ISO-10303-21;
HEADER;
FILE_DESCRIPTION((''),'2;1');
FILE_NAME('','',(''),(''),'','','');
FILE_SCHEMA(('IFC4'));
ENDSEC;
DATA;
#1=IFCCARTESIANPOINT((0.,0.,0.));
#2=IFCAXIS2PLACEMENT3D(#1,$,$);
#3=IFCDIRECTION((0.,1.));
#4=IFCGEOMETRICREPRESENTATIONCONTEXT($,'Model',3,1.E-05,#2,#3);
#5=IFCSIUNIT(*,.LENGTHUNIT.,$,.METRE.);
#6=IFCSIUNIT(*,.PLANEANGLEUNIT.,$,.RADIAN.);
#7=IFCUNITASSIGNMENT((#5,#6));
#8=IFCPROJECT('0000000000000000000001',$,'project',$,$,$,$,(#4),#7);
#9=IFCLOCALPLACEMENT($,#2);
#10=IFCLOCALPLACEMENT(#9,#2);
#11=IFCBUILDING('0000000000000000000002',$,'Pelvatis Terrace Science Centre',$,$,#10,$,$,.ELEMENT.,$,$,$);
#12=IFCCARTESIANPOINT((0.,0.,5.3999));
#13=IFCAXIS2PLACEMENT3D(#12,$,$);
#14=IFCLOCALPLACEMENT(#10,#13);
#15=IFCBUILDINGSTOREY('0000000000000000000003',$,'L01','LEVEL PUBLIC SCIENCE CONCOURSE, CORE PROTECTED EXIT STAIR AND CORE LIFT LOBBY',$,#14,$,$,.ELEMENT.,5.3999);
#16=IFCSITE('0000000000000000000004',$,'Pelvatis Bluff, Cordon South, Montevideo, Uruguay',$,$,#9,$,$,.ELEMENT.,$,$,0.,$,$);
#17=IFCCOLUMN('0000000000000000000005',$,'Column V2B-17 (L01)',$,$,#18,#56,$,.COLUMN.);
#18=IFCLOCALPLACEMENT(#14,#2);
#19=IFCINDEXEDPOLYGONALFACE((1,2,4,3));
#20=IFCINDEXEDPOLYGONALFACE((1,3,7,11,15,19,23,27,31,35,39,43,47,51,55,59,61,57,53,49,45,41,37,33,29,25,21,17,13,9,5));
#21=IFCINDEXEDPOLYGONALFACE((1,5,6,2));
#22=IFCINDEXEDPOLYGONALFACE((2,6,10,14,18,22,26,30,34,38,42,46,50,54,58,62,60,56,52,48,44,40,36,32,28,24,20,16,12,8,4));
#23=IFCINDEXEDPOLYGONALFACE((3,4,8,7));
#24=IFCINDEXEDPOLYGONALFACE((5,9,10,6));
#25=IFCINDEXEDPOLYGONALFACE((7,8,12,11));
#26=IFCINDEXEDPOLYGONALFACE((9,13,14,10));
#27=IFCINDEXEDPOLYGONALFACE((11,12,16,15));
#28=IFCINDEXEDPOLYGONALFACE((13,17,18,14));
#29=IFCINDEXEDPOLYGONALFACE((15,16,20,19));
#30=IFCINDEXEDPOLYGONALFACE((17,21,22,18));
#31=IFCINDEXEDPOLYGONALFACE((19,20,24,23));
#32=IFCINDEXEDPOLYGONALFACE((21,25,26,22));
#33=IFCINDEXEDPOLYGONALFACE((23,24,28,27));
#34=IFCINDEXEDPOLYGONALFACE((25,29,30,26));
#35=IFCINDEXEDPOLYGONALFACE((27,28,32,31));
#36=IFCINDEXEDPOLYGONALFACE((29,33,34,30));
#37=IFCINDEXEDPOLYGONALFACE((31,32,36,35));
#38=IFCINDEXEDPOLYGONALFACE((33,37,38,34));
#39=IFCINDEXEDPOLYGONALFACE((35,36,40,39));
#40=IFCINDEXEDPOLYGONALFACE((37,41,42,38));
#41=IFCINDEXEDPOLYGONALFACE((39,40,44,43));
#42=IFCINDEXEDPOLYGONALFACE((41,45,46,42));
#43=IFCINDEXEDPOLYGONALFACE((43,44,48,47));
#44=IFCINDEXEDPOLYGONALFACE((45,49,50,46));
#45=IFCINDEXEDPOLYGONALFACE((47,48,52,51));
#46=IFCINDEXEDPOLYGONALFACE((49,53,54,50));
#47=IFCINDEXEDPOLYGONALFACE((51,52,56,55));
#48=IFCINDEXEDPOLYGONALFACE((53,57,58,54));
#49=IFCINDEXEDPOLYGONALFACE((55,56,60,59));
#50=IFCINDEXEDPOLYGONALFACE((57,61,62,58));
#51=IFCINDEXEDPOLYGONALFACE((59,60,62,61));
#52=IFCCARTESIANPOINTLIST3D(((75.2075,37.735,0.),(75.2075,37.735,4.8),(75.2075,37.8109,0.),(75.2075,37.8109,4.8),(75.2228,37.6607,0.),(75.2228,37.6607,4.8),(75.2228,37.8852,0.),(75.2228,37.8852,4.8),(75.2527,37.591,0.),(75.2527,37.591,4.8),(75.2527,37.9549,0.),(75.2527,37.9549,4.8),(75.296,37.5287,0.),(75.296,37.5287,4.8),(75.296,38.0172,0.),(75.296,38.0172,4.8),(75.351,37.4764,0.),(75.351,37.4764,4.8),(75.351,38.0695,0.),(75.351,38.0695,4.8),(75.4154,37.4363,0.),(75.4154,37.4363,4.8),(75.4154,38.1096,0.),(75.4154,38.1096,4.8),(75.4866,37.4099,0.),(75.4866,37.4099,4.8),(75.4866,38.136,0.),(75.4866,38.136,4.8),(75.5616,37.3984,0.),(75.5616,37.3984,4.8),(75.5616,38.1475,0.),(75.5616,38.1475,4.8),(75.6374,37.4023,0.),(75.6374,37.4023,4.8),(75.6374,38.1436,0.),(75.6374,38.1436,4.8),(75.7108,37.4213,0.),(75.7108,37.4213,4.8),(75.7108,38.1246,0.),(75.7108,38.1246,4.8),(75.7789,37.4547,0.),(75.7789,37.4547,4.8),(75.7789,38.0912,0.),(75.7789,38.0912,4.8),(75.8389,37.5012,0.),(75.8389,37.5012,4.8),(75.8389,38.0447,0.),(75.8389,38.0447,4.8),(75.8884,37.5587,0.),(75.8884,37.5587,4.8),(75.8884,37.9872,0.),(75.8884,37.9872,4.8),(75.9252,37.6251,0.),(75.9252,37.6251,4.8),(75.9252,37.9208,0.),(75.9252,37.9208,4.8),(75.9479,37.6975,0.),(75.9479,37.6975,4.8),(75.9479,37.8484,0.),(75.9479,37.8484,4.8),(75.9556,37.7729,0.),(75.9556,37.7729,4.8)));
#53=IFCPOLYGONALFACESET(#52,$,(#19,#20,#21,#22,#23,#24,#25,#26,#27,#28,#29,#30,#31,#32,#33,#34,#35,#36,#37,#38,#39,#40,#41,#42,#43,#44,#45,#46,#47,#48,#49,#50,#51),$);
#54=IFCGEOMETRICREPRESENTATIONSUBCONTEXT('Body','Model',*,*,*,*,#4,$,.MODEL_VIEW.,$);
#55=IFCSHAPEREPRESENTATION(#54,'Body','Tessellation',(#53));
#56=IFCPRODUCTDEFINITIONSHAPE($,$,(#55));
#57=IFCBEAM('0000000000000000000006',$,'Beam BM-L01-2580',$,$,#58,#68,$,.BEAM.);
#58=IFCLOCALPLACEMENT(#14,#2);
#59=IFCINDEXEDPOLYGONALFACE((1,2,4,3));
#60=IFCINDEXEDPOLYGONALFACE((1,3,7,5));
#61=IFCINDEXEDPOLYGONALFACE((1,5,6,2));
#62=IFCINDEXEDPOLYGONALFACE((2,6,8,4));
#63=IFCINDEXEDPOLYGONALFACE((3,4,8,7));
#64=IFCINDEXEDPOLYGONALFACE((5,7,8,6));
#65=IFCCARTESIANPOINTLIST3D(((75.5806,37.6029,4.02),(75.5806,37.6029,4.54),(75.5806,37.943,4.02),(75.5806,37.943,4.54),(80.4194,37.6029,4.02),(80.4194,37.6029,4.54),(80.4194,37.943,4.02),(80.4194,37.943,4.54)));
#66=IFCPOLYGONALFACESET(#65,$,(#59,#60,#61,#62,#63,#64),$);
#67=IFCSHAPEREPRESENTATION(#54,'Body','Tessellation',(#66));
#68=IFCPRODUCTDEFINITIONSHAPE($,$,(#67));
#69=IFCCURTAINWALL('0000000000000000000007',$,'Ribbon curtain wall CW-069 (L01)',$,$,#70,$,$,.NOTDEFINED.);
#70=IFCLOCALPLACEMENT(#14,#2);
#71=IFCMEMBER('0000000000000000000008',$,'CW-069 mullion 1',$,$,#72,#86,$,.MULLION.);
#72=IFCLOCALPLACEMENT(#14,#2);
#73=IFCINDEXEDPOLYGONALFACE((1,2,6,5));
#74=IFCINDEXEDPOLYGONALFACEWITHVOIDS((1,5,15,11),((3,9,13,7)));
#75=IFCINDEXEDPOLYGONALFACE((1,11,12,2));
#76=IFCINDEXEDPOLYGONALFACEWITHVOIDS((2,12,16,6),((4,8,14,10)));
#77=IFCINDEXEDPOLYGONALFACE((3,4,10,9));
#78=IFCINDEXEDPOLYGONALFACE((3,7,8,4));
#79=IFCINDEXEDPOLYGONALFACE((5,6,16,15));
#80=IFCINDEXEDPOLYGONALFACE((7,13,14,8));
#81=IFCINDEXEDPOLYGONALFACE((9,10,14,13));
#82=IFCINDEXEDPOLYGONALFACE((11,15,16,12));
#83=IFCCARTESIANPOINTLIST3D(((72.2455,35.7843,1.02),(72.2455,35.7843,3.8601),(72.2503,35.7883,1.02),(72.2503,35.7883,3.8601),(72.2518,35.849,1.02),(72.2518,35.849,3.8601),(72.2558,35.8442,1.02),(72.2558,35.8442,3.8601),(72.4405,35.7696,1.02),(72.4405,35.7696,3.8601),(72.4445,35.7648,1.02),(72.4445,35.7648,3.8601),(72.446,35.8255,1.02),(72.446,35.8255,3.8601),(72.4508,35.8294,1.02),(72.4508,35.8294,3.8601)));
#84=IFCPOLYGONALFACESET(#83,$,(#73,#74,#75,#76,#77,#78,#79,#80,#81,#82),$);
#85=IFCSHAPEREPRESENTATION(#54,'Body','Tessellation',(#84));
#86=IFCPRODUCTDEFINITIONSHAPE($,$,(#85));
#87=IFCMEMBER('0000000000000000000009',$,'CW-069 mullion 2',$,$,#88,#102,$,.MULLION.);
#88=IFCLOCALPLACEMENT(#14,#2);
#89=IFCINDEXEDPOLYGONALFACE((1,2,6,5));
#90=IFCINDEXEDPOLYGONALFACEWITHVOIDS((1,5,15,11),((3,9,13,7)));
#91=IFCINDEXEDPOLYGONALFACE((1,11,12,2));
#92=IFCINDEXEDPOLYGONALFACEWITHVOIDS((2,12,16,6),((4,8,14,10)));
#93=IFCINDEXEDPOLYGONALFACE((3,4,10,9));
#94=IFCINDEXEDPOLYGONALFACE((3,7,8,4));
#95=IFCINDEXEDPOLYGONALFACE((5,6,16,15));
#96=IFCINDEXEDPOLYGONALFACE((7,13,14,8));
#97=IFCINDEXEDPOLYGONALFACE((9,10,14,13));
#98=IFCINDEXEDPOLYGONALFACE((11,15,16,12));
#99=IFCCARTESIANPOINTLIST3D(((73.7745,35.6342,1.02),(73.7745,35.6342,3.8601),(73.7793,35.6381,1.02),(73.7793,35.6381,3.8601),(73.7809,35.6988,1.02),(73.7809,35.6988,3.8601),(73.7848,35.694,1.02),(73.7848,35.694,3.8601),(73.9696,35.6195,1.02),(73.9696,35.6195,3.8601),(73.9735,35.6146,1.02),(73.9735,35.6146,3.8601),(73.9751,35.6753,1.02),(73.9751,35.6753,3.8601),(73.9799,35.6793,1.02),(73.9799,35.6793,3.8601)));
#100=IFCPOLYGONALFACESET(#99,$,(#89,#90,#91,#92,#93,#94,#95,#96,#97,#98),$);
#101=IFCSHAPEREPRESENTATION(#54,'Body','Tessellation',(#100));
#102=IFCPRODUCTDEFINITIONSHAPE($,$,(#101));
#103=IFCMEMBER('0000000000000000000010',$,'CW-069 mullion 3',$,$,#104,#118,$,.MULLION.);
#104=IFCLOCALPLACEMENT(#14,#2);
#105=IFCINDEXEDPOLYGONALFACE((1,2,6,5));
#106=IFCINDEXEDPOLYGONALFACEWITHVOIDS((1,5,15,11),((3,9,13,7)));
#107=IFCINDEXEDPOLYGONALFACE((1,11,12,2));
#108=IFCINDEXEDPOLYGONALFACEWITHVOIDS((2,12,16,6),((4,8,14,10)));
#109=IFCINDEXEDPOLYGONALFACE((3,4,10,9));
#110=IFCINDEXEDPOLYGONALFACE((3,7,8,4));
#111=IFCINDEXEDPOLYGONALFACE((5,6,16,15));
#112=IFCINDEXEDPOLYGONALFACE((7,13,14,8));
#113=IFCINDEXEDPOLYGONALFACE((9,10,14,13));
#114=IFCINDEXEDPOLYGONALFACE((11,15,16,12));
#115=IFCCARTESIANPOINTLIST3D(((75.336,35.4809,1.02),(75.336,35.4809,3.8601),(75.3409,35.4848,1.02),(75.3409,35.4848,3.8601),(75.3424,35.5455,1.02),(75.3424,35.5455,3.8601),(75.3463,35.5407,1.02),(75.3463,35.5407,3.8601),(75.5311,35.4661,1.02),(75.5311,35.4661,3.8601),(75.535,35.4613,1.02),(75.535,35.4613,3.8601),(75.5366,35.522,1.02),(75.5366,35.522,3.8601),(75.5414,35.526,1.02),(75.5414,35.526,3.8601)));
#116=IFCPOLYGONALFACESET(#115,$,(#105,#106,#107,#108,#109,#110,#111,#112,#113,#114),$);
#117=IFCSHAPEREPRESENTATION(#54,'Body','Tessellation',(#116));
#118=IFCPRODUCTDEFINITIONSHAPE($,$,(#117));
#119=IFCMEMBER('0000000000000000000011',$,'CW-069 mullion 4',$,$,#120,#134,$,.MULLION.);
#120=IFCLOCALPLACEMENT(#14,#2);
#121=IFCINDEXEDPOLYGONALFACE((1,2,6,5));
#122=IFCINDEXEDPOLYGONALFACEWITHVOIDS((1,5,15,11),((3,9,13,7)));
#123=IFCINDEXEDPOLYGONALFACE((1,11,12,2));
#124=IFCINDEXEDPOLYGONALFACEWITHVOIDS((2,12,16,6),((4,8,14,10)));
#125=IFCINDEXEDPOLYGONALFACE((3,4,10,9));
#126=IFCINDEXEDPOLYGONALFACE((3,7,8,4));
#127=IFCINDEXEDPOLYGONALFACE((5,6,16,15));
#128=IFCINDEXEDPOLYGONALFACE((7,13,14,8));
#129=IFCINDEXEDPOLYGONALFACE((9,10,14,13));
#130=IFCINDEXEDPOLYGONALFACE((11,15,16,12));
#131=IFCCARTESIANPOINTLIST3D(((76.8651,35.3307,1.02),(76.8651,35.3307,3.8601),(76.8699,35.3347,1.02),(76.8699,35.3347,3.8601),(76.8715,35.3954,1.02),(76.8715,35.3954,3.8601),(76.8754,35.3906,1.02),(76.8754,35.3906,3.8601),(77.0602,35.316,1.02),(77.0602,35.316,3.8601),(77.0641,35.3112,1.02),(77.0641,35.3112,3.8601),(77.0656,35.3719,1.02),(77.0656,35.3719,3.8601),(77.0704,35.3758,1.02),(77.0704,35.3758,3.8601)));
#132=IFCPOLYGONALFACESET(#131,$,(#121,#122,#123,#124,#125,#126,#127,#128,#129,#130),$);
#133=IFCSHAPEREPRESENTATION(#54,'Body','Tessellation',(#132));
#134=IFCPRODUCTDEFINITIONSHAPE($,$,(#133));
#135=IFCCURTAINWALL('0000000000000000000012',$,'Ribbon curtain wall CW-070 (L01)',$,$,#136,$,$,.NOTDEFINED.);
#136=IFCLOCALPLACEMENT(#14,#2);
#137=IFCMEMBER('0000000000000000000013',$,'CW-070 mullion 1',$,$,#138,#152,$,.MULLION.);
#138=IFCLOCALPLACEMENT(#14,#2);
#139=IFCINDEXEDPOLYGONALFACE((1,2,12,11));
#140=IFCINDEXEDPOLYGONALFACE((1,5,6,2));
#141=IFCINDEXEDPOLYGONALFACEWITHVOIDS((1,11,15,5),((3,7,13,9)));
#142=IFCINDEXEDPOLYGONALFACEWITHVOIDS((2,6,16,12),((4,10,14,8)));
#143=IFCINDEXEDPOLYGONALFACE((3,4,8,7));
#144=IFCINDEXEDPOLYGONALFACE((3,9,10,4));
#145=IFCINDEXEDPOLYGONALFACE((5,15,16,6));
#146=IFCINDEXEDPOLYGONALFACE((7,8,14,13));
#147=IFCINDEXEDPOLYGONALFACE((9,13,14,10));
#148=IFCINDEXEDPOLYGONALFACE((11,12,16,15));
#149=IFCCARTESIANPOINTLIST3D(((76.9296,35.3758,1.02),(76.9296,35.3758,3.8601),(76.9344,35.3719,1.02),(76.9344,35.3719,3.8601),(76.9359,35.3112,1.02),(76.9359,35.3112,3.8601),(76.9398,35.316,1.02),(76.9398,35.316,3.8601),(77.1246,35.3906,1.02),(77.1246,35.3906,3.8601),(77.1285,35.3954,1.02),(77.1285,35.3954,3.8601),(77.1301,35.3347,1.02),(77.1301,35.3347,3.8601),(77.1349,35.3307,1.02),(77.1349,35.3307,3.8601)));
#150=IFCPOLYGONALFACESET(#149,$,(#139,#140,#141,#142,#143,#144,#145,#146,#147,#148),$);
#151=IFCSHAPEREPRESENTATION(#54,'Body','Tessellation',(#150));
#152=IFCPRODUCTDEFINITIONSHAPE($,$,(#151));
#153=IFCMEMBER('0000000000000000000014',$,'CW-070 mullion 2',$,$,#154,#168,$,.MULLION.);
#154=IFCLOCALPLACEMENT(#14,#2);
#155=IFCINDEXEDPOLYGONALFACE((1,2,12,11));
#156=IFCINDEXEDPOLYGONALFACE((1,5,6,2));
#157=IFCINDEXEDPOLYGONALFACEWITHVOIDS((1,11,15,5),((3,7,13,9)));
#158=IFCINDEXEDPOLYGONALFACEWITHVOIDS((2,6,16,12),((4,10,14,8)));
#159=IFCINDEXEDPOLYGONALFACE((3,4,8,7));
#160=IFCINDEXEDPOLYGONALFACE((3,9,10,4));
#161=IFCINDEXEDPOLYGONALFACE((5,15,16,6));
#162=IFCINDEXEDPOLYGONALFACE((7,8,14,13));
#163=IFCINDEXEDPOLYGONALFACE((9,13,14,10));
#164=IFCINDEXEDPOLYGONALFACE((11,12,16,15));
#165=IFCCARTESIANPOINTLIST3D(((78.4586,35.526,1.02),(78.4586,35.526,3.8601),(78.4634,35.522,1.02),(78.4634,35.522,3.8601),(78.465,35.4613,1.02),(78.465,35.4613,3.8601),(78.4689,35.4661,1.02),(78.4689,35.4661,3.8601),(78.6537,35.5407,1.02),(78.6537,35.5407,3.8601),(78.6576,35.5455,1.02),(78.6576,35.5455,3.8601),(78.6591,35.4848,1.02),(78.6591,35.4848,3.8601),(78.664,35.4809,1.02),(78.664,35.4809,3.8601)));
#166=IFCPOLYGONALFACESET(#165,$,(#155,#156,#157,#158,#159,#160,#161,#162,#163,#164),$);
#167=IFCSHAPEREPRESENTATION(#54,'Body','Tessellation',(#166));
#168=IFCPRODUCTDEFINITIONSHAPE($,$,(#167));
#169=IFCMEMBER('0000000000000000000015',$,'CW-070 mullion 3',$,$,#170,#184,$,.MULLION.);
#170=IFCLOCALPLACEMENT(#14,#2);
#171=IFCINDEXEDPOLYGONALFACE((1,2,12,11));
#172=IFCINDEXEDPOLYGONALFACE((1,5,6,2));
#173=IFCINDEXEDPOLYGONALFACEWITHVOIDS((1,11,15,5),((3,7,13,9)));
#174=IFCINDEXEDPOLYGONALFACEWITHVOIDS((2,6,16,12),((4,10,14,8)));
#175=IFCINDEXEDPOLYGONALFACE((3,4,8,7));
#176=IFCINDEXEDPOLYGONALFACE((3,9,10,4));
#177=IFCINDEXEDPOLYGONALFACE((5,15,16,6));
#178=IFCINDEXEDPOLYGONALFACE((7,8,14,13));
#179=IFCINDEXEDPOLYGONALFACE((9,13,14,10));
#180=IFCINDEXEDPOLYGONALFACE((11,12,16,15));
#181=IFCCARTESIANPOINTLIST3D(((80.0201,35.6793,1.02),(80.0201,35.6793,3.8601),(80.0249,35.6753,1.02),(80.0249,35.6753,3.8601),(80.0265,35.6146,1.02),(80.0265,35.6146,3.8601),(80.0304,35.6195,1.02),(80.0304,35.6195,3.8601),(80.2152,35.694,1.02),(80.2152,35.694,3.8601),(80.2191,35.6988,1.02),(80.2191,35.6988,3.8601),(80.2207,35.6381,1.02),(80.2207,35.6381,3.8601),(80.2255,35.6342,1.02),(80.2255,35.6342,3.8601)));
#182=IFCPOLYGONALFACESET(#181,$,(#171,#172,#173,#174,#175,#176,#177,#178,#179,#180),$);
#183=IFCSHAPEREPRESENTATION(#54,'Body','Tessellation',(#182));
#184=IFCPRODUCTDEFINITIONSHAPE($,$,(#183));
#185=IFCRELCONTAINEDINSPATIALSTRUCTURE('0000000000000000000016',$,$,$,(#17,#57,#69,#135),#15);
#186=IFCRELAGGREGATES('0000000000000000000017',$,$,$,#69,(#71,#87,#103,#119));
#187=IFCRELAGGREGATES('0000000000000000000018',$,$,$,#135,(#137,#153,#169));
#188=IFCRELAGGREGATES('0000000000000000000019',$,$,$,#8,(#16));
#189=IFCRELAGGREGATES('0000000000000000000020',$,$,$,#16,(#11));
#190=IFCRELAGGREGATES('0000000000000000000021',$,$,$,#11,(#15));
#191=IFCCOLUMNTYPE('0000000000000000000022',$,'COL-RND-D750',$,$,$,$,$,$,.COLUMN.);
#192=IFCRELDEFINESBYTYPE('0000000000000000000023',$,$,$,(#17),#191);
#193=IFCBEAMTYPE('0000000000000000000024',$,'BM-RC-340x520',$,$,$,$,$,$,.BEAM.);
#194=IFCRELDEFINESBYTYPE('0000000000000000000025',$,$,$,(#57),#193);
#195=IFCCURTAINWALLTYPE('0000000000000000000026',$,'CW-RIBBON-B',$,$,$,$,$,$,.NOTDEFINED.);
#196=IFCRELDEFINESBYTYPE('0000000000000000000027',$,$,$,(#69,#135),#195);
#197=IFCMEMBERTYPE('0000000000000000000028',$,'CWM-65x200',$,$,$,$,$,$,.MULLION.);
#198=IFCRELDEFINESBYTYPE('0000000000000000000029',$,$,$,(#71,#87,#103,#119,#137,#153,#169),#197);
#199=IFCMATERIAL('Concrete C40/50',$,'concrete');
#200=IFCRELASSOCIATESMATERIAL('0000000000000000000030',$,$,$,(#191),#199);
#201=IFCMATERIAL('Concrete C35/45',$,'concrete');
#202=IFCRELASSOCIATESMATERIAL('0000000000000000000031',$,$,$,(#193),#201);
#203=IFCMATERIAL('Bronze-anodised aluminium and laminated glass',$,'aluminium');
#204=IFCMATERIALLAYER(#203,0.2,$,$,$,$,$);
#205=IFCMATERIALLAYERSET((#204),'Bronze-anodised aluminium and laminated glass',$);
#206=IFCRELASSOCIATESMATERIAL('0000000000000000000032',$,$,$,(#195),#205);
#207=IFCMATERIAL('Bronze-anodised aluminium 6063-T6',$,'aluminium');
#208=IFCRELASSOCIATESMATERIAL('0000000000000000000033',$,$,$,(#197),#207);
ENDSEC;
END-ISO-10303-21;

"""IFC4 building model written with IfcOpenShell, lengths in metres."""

from ifc_helpers import new_model, si_unit, direction, frame, origin, origin_2d, place, context, subcontext, project, spatial, rectangle, hollow_rectangle, circle, extrude, material, layer, layer_set, material_profile, profile_set, type_object, element, aggregate, save


model = new_model("IFC4")

# Units and contexts
model_context = context("Model", 3, precision=1e-05, world=origin(), true_north=direction((0.0, 1.0)))
body_context = subcontext(model_context, "Body", "Model", "MODEL_VIEW")
ifc_project = project(units=[si_unit("LENGTHUNIT", "METRE"), si_unit("PLANEANGLEUNIT", "RADIAN")], contexts=[model_context])

# Site, building, storey
site_placement = place(None, origin())
site = spatial("IfcSite", under=ifc_project, at=site_placement, Name="Pelvatis Bluff, Cordon South, Montevideo, Uruguay", CompositionType="ELEMENT", RefElevation=0.0)
building_placement = place(site_placement, origin())
building = spatial("IfcBuilding", under=site, at=building_placement, Name="Pelvatis Terrace Science Centre", CompositionType="ELEMENT")
storey_placement = place(building_placement, frame((0.0, 0.0, 5.3999)))
storey = spatial("IfcBuildingStorey", under=building, at=storey_placement, Name="L01", Description="LEVEL PUBLIC SCIENCE CONCOURSE, CORE PROTECTED EXIT STAIR AND CORE LIFT LOBBY", CompositionType="ELEMENT", Elevation=5.3999)

# Column
ifc_material_1 = material(Name="Concrete C40/50", Category="concrete")
ifc_material_profile_1 = material_profile(ifc_material_1, circle(Radius=0.375, at=origin_2d()), Name="RC-RCOL D750")
ifc_profile_set_1 = profile_set([ifc_material_profile_1], Name="Concrete C40/50")
column_type = type_object("IfcColumnType", Name="COL-RND-D750", PredefinedType="COLUMN", material=ifc_profile_set_1)
column_placement = place(storey_placement, frame((75.5806, 37.7729, 0.0), z_axis=(0.0, 0.0, 1.0), x_axis=(1.0, 0.0, 0.0)))
element("IfcColumn", 1, at=column_placement, inside=storey, type_object=column_type, Name="Column V2B-17 (L01)", PredefinedType="COLUMN", context=body_context, shape_type="SweptSolid", body=[
    extrude(circle(Radius=0.375, at=origin_2d()), origin(), (0.0, 0.0, 1.0), 4.8),
])

# Beam
ifc_material_2 = material(Name="Concrete C35/45", Category="concrete")
ifc_material_profile_2 = material_profile(ifc_material_2, rectangle(XDim=0.3401, YDim=0.52, at=origin_2d()), Name="RC-BM 340x520")
ifc_profile_set_2 = profile_set([ifc_material_profile_2], Name="Concrete C35/45")
beam_type = type_object("IfcBeamType", Name="BM-RC-340x520", PredefinedType="BEAM", material=ifc_profile_set_2)
beam_placement = place(storey_placement, frame((75.5806, 37.7729, 4.28), z_axis=(1.0, 0.0, 0.0), x_axis=(0.0, 1.0, 0.0)))
element("IfcBeam", 2, at=beam_placement, inside=storey, type_object=beam_type, Name="Beam BM-L01-2580", PredefinedType="BEAM", context=body_context, shape_type="SweptSolid", body=[
    extrude(rectangle(XDim=0.3401, YDim=0.52, at=origin_2d()), origin(), (0.0, 0.0, 1.0), 4.8389),
])

# Curtain walls, members
ifc_material_3 = material(Name="Bronze-anodised aluminium and laminated glass", Category="aluminium")
ifc_layer_1 = layer(ifc_material_3, 0.2)
ifc_layer_set_1 = layer_set([ifc_layer_1], Name="Bronze-anodised aluminium and laminated glass")
curtain_wall_type = type_object("IfcCurtainWallType", Name="CW-RIBBON-B", PredefinedType="NOTDEFINED", material=ifc_layer_set_1)
curtain_wall_1_placement = place(storey_placement, origin())
curtain_wall_1 = element("IfcCurtainWall", 3, at=curtain_wall_1_placement, inside=storey, type_object=curtain_wall_type, Name="Ribbon curtain wall CW-069 (L01)", PredefinedType="NOTDEFINED")
ifc_material_4 = material(Name="Bronze-anodised aluminium 6063-T6", Category="aluminium")
ifc_material_profile_3 = material_profile(ifc_material_4, hollow_rectangle(XDim=0.0649, YDim=0.2, WallThickness=0.0044, at=origin_2d()), Name="ALU-MUL 65x200")
ifc_profile_set_3 = profile_set([ifc_material_profile_3], Name="Bronze-anodised aluminium 6063-T6")
member_type_1 = type_object("IfcMemberType", Name="CWM-65x200", PredefinedType="MULLION", material=ifc_profile_set_3)
member_1_placement = place(storey_placement, frame((72.3481, 35.8069, 1.02), z_axis=(0.0, 0.0, 1.0), x_axis=(0.097755, 0.99521, 0.0)))
member_1 = element("IfcMember", 4, at=member_1_placement, type_object=member_type_1, Name="CW-069 mullion 1", PredefinedType="MULLION", context=body_context, shape_type="SweptSolid", body=[
    extrude(hollow_rectangle(XDim=0.0649, YDim=0.2, WallThickness=0.0044, at=origin_2d()), origin(), (0.0, 0.0, 1.0), 2.8401),
])
member_2_placement = place(storey_placement, frame((73.8772, 35.6567, 1.02), z_axis=(0.0, 0.0, 1.0), x_axis=(0.097755, 0.99521, 0.0)))
member_2 = element("IfcMember", 5, at=member_2_placement, type_object=member_type_1, Name="CW-069 mullion 2", PredefinedType="MULLION", context=body_context, shape_type="SweptSolid", body=[
    extrude(hollow_rectangle(XDim=0.0649, YDim=0.2, WallThickness=0.0044, at=origin_2d()), origin(), (0.0, 0.0, 1.0), 2.8401),
])
member_3_placement = place(storey_placement, frame((75.4387, 35.5034, 1.02), z_axis=(0.0, 0.0, 1.0), x_axis=(0.097755, 0.99521, 0.0)))
member_3 = element("IfcMember", 6, at=member_3_placement, type_object=member_type_1, Name="CW-069 mullion 3", PredefinedType="MULLION", context=body_context, shape_type="SweptSolid", body=[
    extrude(hollow_rectangle(XDim=0.0649, YDim=0.2, WallThickness=0.0044, at=origin_2d()), origin(), (0.0, 0.0, 1.0), 2.8401),
])
member_4_placement = place(storey_placement, frame((76.9678, 35.3533, 1.02), z_axis=(0.0, 0.0, 1.0), x_axis=(0.097755, 0.99521, 0.0)))
member_4 = element("IfcMember", 7, at=member_4_placement, type_object=member_type_1, Name="CW-069 mullion 4", PredefinedType="MULLION", context=body_context, shape_type="SweptSolid", body=[
    extrude(hollow_rectangle(XDim=0.0649, YDim=0.2, WallThickness=0.0044, at=origin_2d()), origin(), (0.0, 0.0, 1.0), 2.8401),
])
curtain_wall_2_placement = place(storey_placement, origin())
curtain_wall_2 = element("IfcCurtainWall", 8, at=curtain_wall_2_placement, inside=storey, type_object=curtain_wall_type, Name="Ribbon curtain wall CW-070 (L01)", PredefinedType="NOTDEFINED")
member_5_placement = place(storey_placement, frame((77.0322, 35.3533, 1.02), z_axis=(0.0, 0.0, 1.0), x_axis=(-0.097755, 0.99521, 0.0)))
member_5 = element("IfcMember", 9, at=member_5_placement, type_object=member_type_1, Name="CW-070 mullion 1", PredefinedType="MULLION", context=body_context, shape_type="SweptSolid", body=[
    extrude(hollow_rectangle(XDim=0.0649, YDim=0.2, WallThickness=0.0044, at=origin_2d()), origin(), (0.0, 0.0, 1.0), 2.8401),
])
member_6_placement = place(storey_placement, frame((78.5613, 35.5034, 1.02), z_axis=(0.0, 0.0, 1.0), x_axis=(-0.097755, 0.99521, 0.0)))
member_6 = element("IfcMember", 10, at=member_6_placement, type_object=member_type_1, Name="CW-070 mullion 2", PredefinedType="MULLION", context=body_context, shape_type="SweptSolid", body=[
    extrude(hollow_rectangle(XDim=0.0649, YDim=0.2, WallThickness=0.0044, at=origin_2d()), origin(), (0.0, 0.0, 1.0), 2.8401),
])
member_7_placement = place(storey_placement, frame((80.1228, 35.6567, 1.02), z_axis=(0.0, 0.0, 1.0), x_axis=(-0.097755, 0.99521, 0.0)))
member_7 = element("IfcMember", 11, at=member_7_placement, type_object=member_type_1, Name="CW-070 mullion 3", PredefinedType="MULLION", context=body_context, shape_type="SweptSolid", body=[
    extrude(hollow_rectangle(XDim=0.0649, YDim=0.2, WallThickness=0.0044, at=origin_2d()), origin(), (0.0, 0.0, 1.0), 2.8401),
])

aggregate(curtain_wall_1, [member_1, member_2, member_3, member_4])
aggregate(curtain_wall_2, [member_5, member_6, member_7])

save(model, "model.ifc")
